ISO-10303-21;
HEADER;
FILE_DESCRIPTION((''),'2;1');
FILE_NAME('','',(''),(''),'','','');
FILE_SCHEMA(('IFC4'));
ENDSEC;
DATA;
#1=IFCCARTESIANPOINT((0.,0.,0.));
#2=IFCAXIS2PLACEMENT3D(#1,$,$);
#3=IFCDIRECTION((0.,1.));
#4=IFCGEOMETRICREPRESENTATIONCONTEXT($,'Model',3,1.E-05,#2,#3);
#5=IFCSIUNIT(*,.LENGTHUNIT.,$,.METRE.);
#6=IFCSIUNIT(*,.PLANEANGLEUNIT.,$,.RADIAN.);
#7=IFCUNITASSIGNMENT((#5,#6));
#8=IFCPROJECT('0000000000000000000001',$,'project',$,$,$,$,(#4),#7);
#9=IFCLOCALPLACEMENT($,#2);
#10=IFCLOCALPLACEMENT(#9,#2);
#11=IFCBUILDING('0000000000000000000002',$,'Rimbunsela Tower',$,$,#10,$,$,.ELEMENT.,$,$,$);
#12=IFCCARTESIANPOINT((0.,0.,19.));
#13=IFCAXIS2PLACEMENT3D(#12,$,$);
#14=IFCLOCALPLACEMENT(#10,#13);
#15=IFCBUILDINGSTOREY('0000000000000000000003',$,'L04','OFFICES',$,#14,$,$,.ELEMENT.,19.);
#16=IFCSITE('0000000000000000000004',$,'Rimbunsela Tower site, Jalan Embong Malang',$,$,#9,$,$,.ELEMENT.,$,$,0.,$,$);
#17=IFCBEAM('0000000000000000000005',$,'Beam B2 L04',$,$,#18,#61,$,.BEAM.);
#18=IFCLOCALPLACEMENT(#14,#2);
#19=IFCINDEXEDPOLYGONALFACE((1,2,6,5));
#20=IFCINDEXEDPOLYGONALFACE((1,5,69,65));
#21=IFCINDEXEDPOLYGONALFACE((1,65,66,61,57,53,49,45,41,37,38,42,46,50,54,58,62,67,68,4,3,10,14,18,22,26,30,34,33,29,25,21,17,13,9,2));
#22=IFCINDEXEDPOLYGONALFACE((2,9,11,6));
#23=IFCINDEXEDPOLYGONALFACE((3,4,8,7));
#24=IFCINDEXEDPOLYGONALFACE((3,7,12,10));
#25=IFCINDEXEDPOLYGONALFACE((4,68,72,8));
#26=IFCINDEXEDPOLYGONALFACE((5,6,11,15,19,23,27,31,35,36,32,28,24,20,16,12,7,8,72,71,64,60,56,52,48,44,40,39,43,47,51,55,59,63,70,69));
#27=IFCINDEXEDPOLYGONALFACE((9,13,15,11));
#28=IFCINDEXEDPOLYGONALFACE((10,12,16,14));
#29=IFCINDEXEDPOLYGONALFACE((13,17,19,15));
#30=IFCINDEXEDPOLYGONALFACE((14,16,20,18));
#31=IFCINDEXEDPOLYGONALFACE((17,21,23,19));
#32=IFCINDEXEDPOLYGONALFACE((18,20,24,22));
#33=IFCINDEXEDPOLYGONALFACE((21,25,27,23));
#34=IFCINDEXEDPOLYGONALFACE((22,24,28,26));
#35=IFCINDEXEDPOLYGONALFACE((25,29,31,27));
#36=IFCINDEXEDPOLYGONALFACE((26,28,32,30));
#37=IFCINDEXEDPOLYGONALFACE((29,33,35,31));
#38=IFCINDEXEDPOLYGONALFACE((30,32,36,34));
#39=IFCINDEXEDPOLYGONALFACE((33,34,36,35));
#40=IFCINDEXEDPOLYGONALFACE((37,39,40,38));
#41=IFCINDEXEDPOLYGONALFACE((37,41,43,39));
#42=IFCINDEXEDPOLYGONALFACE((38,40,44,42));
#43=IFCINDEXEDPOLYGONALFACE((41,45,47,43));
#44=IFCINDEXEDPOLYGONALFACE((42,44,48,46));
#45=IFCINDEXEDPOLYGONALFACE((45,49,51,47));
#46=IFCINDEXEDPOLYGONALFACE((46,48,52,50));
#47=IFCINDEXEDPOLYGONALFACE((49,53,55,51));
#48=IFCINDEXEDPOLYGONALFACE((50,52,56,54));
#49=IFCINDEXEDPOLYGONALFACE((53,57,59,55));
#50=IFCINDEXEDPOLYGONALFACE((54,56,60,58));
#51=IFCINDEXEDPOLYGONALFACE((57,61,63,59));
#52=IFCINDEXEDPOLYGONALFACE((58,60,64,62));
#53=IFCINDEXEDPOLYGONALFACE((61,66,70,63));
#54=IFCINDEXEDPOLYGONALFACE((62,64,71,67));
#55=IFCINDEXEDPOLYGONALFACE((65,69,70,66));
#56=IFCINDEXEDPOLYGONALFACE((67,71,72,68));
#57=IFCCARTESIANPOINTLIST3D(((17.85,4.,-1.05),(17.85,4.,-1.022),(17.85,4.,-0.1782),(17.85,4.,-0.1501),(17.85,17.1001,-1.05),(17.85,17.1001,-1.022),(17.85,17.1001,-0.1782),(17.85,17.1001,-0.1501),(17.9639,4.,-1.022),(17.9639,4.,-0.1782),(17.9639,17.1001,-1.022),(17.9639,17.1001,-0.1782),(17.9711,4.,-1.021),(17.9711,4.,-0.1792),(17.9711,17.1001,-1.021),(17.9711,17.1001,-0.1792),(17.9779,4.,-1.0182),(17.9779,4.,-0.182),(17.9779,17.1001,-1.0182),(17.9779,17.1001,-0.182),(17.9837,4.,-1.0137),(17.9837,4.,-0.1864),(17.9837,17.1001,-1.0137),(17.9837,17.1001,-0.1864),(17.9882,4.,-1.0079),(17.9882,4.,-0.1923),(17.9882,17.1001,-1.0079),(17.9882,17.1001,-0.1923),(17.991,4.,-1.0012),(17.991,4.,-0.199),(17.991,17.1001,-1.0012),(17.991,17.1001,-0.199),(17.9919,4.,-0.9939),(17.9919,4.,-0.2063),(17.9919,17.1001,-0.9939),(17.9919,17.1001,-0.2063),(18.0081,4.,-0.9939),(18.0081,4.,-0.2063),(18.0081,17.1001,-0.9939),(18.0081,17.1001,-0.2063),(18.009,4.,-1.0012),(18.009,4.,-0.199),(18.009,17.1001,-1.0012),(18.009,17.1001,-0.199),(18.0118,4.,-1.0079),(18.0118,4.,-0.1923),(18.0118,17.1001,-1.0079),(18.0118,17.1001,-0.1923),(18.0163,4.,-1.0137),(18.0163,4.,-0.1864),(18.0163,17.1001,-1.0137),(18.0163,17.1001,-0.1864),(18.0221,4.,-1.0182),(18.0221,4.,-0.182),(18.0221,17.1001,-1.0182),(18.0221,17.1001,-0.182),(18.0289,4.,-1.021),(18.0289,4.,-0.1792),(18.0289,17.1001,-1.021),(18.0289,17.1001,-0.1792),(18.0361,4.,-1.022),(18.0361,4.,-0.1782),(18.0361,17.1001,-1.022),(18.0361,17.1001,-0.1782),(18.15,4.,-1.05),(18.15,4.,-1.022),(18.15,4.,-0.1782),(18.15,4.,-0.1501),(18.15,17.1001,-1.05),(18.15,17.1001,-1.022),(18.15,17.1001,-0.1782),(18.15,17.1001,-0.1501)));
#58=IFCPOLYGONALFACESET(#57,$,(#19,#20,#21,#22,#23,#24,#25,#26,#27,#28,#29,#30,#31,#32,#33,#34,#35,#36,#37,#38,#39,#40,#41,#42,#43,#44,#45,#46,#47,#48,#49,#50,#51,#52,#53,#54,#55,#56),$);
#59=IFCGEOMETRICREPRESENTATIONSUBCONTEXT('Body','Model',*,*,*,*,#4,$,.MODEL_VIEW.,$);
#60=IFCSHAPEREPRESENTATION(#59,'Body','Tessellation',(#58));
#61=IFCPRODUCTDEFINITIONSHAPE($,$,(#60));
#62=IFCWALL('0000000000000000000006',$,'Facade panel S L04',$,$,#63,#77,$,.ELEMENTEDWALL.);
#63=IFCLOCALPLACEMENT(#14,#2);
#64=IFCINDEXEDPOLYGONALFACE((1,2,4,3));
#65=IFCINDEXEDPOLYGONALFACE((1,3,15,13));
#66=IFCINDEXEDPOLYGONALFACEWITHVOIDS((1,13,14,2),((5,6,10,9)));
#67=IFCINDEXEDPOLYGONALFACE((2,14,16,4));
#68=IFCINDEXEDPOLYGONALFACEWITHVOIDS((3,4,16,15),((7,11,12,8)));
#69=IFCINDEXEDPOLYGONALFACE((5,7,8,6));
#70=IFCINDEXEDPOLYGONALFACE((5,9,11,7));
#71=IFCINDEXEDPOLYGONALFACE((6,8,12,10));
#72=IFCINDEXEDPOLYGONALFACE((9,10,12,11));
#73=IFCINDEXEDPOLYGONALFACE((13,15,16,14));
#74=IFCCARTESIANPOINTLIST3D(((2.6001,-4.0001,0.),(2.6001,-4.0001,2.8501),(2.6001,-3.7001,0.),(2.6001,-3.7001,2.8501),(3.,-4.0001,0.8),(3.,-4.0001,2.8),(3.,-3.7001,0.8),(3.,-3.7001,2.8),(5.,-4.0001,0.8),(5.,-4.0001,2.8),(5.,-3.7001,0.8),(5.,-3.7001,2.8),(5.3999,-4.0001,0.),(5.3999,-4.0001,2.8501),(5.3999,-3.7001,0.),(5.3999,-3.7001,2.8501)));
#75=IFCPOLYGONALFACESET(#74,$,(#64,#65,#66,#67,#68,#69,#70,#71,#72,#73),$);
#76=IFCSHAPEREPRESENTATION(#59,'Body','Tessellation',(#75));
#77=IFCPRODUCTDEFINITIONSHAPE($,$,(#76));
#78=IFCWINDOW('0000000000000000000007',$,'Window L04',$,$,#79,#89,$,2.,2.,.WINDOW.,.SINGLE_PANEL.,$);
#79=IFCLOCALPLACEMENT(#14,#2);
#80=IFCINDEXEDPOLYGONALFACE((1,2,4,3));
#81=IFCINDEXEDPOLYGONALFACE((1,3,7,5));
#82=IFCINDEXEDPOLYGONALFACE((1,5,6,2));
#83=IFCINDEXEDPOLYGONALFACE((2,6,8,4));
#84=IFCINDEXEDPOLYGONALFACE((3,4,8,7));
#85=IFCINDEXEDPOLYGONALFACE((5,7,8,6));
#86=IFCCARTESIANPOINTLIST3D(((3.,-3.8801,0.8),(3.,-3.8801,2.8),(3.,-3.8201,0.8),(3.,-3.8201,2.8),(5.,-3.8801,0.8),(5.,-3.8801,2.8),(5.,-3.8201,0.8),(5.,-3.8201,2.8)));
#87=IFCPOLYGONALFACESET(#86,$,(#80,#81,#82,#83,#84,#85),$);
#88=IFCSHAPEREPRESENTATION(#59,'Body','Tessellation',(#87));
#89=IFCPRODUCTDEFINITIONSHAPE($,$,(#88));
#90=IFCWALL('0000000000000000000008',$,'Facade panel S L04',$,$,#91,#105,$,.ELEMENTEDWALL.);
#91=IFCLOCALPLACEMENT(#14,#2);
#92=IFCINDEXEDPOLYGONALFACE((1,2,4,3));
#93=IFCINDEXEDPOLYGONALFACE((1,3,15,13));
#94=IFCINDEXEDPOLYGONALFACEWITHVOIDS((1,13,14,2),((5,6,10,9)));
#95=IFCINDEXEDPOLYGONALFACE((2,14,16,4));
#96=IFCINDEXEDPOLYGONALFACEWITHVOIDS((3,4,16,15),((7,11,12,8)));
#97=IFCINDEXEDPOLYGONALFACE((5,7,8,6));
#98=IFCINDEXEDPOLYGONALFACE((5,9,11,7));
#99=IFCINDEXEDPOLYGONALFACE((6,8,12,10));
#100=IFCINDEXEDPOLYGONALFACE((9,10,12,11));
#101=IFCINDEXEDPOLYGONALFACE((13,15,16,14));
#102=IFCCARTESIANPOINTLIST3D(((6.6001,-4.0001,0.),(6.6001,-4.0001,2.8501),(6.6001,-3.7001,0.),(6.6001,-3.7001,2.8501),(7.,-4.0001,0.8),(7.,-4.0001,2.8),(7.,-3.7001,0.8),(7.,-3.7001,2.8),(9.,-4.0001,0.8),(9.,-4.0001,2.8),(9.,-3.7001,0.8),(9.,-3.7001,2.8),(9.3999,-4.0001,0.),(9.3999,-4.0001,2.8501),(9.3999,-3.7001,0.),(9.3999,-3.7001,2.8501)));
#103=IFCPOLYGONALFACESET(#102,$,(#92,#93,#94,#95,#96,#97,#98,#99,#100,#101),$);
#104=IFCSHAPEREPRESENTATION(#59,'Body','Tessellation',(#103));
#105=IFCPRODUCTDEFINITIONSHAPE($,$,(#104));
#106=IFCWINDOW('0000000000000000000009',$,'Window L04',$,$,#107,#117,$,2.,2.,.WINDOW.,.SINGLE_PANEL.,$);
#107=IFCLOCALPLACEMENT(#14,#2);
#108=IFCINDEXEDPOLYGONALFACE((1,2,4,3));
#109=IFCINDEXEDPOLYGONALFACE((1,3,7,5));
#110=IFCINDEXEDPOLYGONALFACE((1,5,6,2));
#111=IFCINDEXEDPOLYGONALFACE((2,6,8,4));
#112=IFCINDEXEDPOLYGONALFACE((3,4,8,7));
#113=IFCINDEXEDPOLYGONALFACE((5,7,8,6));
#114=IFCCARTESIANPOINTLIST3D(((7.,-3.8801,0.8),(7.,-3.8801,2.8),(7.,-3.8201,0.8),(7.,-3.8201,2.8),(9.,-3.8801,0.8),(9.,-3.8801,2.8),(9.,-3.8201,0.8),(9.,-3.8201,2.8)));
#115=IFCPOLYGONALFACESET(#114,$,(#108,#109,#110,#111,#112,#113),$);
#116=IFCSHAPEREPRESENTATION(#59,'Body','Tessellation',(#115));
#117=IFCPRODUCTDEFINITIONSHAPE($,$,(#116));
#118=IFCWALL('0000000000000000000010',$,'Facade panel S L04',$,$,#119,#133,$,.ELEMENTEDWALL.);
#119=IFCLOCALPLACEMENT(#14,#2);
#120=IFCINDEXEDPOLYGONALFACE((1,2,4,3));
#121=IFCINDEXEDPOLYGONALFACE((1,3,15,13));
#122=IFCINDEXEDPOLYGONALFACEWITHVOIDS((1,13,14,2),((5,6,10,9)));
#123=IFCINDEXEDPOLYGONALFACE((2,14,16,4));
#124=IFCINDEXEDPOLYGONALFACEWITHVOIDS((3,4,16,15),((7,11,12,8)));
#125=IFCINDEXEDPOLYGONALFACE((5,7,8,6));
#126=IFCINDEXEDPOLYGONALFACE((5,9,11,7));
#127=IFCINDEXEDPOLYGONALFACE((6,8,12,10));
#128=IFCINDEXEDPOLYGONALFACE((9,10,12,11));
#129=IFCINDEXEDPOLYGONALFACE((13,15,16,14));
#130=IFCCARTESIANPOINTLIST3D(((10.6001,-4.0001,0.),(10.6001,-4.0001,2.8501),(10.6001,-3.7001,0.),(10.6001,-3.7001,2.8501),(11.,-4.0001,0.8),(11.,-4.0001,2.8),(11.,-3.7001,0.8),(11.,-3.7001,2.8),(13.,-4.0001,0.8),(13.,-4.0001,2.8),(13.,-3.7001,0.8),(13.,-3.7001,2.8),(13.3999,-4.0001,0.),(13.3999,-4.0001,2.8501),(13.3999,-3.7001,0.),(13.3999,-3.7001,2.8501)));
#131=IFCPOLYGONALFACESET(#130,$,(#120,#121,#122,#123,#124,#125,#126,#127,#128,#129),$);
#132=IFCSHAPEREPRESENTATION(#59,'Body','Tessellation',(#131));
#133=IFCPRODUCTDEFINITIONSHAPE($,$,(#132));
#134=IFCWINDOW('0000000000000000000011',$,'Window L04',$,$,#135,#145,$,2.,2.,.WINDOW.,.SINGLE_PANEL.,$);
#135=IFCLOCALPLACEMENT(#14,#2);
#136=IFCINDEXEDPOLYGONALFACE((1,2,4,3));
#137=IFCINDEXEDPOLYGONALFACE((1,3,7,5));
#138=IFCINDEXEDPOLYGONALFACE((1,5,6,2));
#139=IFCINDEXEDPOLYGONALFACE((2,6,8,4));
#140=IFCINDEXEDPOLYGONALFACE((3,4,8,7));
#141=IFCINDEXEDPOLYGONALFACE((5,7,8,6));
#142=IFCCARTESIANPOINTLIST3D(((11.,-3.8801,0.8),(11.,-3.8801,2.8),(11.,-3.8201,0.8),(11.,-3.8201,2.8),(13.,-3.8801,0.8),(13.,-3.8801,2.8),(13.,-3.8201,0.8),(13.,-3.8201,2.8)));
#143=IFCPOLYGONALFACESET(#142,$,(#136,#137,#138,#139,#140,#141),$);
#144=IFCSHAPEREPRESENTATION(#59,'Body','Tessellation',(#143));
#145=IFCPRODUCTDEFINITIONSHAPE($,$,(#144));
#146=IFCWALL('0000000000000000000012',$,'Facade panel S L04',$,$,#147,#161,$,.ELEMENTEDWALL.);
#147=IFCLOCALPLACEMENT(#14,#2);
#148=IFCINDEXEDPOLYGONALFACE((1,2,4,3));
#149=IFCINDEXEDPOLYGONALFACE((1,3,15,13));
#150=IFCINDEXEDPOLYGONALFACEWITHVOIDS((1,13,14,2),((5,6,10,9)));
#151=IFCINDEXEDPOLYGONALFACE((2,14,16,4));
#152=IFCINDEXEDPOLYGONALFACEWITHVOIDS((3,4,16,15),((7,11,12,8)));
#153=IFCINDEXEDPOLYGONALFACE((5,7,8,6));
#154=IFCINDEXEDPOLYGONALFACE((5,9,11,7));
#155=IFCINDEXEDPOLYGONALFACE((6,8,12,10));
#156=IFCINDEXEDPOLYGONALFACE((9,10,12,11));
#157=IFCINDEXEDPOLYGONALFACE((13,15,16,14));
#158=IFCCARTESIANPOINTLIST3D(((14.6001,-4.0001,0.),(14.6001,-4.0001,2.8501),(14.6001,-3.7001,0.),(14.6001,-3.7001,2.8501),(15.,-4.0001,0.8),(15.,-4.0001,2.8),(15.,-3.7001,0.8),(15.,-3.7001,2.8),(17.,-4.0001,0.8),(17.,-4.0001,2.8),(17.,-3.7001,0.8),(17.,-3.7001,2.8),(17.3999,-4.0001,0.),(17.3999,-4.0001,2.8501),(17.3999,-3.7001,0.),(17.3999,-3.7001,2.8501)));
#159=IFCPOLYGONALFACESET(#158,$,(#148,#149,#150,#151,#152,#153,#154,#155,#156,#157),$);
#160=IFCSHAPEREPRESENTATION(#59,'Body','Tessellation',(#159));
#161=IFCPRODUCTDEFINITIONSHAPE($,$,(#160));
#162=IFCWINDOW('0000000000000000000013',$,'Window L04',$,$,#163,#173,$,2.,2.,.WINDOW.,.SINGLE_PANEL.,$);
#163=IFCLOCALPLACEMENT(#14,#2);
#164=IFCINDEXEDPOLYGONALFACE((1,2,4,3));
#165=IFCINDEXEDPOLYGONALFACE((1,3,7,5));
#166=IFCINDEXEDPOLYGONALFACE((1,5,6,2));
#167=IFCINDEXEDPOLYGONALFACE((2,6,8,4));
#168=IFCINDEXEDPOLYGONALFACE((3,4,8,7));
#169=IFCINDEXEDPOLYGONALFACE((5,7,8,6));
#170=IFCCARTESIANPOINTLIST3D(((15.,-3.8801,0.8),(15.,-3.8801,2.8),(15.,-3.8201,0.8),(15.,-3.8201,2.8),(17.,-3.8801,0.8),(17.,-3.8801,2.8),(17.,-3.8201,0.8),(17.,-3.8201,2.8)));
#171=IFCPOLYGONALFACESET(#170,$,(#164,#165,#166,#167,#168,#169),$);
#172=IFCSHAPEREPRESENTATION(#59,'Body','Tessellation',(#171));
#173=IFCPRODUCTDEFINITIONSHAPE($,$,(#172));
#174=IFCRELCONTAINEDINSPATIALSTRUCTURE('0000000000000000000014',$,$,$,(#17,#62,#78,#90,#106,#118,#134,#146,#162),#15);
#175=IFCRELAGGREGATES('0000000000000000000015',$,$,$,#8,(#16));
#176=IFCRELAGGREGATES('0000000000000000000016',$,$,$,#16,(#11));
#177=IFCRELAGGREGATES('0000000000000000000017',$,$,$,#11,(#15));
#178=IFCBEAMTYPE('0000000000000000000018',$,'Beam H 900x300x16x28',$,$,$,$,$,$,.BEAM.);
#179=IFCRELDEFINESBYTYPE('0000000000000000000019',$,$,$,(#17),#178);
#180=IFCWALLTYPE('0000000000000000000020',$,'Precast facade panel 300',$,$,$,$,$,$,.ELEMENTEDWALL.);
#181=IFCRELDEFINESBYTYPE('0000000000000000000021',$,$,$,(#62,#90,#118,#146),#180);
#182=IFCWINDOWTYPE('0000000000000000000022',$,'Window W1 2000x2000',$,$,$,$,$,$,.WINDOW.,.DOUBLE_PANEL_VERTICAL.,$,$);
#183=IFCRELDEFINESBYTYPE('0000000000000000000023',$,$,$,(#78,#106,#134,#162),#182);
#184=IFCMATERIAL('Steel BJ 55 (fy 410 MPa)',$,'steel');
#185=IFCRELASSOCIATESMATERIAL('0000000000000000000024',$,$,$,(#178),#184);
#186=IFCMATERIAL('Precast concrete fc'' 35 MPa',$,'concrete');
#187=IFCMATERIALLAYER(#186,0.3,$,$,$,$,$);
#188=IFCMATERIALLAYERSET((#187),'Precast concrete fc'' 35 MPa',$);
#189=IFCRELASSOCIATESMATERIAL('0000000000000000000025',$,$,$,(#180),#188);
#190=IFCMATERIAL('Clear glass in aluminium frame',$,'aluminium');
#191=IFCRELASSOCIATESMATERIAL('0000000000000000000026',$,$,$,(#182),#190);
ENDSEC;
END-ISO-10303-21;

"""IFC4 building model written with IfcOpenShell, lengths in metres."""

from ifc_helpers import new_model, si_unit, direction, frame, frame_2d, origin, origin_2d, place, context, subcontext, project, spatial, rectangle, i_section, extrude, material, layer, layer_set, material_profile, profile_set, type_object, element, fill, save


model = new_model("IFC4")

# Units and contexts
model_context = context("Model", 3, precision=1e-05, world=origin(), true_north=direction((0.0, 1.0)))
body_context = subcontext(model_context, "Body", "Model", "MODEL_VIEW")
ifc_project = project(units=[si_unit("LENGTHUNIT", "METRE"), si_unit("PLANEANGLEUNIT", "RADIAN")], contexts=[model_context])

# Site, building, storey
site_placement = place(None, origin())
site = spatial("IfcSite", under=ifc_project, at=site_placement, Name="Rimbunsela Tower site, Jalan Embong Malang", CompositionType="ELEMENT", RefElevation=0.0)
building_placement = place(site_placement, origin())
building = spatial("IfcBuilding", under=site, at=building_placement, Name="Rimbunsela Tower", CompositionType="ELEMENT")
storey_placement = place(building_placement, frame((0.0, 0.0, 19.0)))
storey = spatial("IfcBuildingStorey", under=building, at=storey_placement, Name="L04", Description="OFFICES", CompositionType="ELEMENT", Elevation=19.0)

# Beam
ifc_material_1 = material(Name="Steel BJ 55 (fy 410 MPa)", Category="steel")
ifc_material_profile_1 = material_profile(ifc_material_1, i_section(OverallWidth=0.3, OverallDepth=0.8999, WebThickness=0.0161, FlangeThickness=0.0281, FilletRadius=0.0281, at=origin_2d()), Name="H 900x300x16x28")
ifc_profile_set_1 = profile_set([ifc_material_profile_1], Name="Steel BJ 55 (fy 410 MPa)")
beam_type_1 = type_object("IfcBeamType", Name="Beam H 900x300x16x28", PredefinedType="BEAM", material=ifc_profile_set_1)
beam_1_placement = place(storey_placement, frame((18.0, 4.0, -0.6001), z_axis=(0.0, 1.0, 0.0), x_axis=(-1.0, 0.0, 0.0)))
element("IfcBeam", 1, at=beam_1_placement, inside=storey, type_object=beam_type_1, Name="Beam B2 L04", PredefinedType="BEAM", context=body_context, shape_type="SweptSolid", body=[
    extrude(i_section(OverallWidth=0.3, OverallDepth=0.8999, WebThickness=0.0161, FlangeThickness=0.0281, FilletRadius=0.0281, at=origin_2d()), origin(), (0.0, 0.0, 1.0), 13.1001),
])

# Walls, openings, windows
ifc_material_2 = material(Name="Precast concrete fc' 35 MPa", Category="concrete")
ifc_layer_1 = layer(ifc_material_2, 0.3)
ifc_layer_set_1 = layer_set([ifc_layer_1], Name="Precast concrete fc' 35 MPa")
wall_type = type_object("IfcWallType", Name="Precast facade panel 300", PredefinedType="ELEMENTEDWALL", material=ifc_layer_set_1)
wall_1_placement = place(storey_placement, frame((2.6001, -3.8501, 0.0), z_axis=(0.0, 0.0, 1.0), x_axis=(1.0, 0.0, 0.0)))
wall_1 = element("IfcWall", 2, at=wall_1_placement, inside=storey, type_object=wall_type, Name="Facade panel S L04", PredefinedType="ELEMENTEDWALL", context=body_context, shape_type="SweptSolid", body=[
    extrude(rectangle(XDim=2.7998, YDim=0.3, at=frame_2d((1.3999, 0.0))), origin(), (0.0, 0.0, 1.0), 2.8501),
])
opening_1_placement = place(wall_1_placement, frame((0.3999, 0.0, 0.8)))
opening_1 = element("IfcOpeningElement", 3, at=opening_1_placement, cuts=wall_1, PredefinedType="OPENING", context=body_context, shape_type="SweptSolid", body=[
    extrude(rectangle(XDim=2.0, YDim=2.0, at=frame_2d((1.0, 1.0))), frame((0.0, 0.1599, 0.0), z_axis=(0.0, -1.0, 0.0), x_axis=(1.0, 0.0, 0.0)), (0.0, 0.0, 1.0), 0.3201),
])
ifc_material_3 = material(Name="Clear glass in aluminium frame", Category="aluminium")
window_type = type_object("IfcWindowType", Name="Window W1 2000x2000", PartitioningType="DOUBLE_PANEL_VERTICAL", PredefinedType="WINDOW", material=ifc_material_3)
window_1_placement = place(opening_1_placement, origin())
window_1 = element("IfcWindow", 4, at=window_1_placement, inside=storey, type_object=window_type, Name="Window L04", OverallHeight=2.0, OverallWidth=2.0, PartitioningType="SINGLE_PANEL", PredefinedType="WINDOW", context=body_context, shape_type="SweptSolid", body=[
    extrude(rectangle(XDim=2.0, YDim=2.0, at=frame_2d((1.0, 1.0))), frame((0.0, 0.03, 0.0), z_axis=(0.0, -1.0, 0.0), x_axis=(1.0, 0.0, 0.0)), (0.0, 0.0, 1.0), 0.0601),
])
fill(opening_1, window_1)
wall_2_placement = place(storey_placement, frame((6.6001, -3.8501, 0.0), z_axis=(0.0, 0.0, 1.0), x_axis=(1.0, 0.0, 0.0)))
wall_2 = element("IfcWall", 5, at=wall_2_placement, inside=storey, type_object=wall_type, Name="Facade panel S L04", PredefinedType="ELEMENTEDWALL", context=body_context, shape_type="SweptSolid", body=[
    extrude(rectangle(XDim=2.7998, YDim=0.3, at=frame_2d((1.3999, 0.0))), origin(), (0.0, 0.0, 1.0), 2.8501),
])
opening_2_placement = place(wall_2_placement, frame((0.3999, 0.0, 0.8)))
opening_2 = element("IfcOpeningElement", 6, at=opening_2_placement, cuts=wall_2, PredefinedType="OPENING", context=body_context, shape_type="SweptSolid", body=[
    extrude(rectangle(XDim=2.0, YDim=2.0, at=frame_2d((1.0, 1.0))), frame((0.0, 0.1599, 0.0), z_axis=(0.0, -1.0, 0.0), x_axis=(1.0, 0.0, 0.0)), (0.0, 0.0, 1.0), 0.3201),
])
window_2_placement = place(opening_2_placement, origin())
window_2 = element("IfcWindow", 7, at=window_2_placement, inside=storey, type_object=window_type, Name="Window L04", OverallHeight=2.0, OverallWidth=2.0, PartitioningType="SINGLE_PANEL", PredefinedType="WINDOW", context=body_context, shape_type="SweptSolid", body=[
    extrude(rectangle(XDim=2.0, YDim=2.0, at=frame_2d((1.0, 1.0))), frame((0.0, 0.03, 0.0), z_axis=(0.0, -1.0, 0.0), x_axis=(1.0, 0.0, 0.0)), (0.0, 0.0, 1.0), 0.0601),
])
fill(opening_2, window_2)
wall_3_placement = place(storey_placement, frame((10.6001, -3.8501, 0.0), z_axis=(0.0, 0.0, 1.0), x_axis=(1.0, 0.0, 0.0)))
wall_3 = element("IfcWall", 8, at=wall_3_placement, inside=storey, type_object=wall_type, Name="Facade panel S L04", PredefinedType="ELEMENTEDWALL", context=body_context, shape_type="SweptSolid", body=[
    extrude(rectangle(XDim=2.7998, YDim=0.3, at=frame_2d((1.3999, 0.0))), origin(), (0.0, 0.0, 1.0), 2.8501),
])
opening_3_placement = place(wall_3_placement, frame((0.3999, 0.0, 0.8)))
opening_3 = element("IfcOpeningElement", 9, at=opening_3_placement, cuts=wall_3, PredefinedType="OPENING", context=body_context, shape_type="SweptSolid", body=[
    extrude(rectangle(XDim=2.0, YDim=2.0, at=frame_2d((1.0, 1.0))), frame((0.0, 0.1599, 0.0), z_axis=(0.0, -1.0, 0.0), x_axis=(1.0, 0.0, 0.0)), (0.0, 0.0, 1.0), 0.3201),
])
window_3_placement = place(opening_3_placement, origin())
window_3 = element("IfcWindow", 10, at=window_3_placement, inside=storey, type_object=window_type, Name="Window L04", OverallHeight=2.0, OverallWidth=2.0, PartitioningType="SINGLE_PANEL", PredefinedType="WINDOW", context=body_context, shape_type="SweptSolid", body=[
    extrude(rectangle(XDim=2.0, YDim=2.0, at=frame_2d((1.0, 1.0))), frame((0.0, 0.03, 0.0), z_axis=(0.0, -1.0, 0.0), x_axis=(1.0, 0.0, 0.0)), (0.0, 0.0, 1.0), 0.0601),
])
fill(opening_3, window_3)
wall_4_placement = place(storey_placement, frame((14.6001, -3.8501, 0.0), z_axis=(0.0, 0.0, 1.0), x_axis=(1.0, 0.0, 0.0)))
wall_4 = element("IfcWall", 11, at=wall_4_placement, inside=storey, type_object=wall_type, Name="Facade panel S L04", PredefinedType="ELEMENTEDWALL", context=body_context, shape_type="SweptSolid", body=[
    extrude(rectangle(XDim=2.7998, YDim=0.3, at=frame_2d((1.3999, 0.0))), origin(), (0.0, 0.0, 1.0), 2.8501),
])
opening_4_placement = place(wall_4_placement, frame((0.3999, 0.0, 0.8)))
opening_4 = element("IfcOpeningElement", 12, at=opening_4_placement, cuts=wall_4, PredefinedType="OPENING", context=body_context, shape_type="SweptSolid", body=[
    extrude(rectangle(XDim=2.0, YDim=2.0, at=frame_2d((1.0, 1.0))), frame((0.0, 0.1599, 0.0), z_axis=(0.0, -1.0, 0.0), x_axis=(1.0, 0.0, 0.0)), (0.0, 0.0, 1.0), 0.3201),
])
window_4_placement = place(opening_4_placement, origin())
window_4 = element("IfcWindow", 13, at=window_4_placement, inside=storey, type_object=window_type, Name="Window L04", OverallHeight=2.0, OverallWidth=2.0, PartitioningType="SINGLE_PANEL", PredefinedType="WINDOW", context=body_context, shape_type="SweptSolid", body=[
    extrude(rectangle(XDim=2.0, YDim=2.0, at=frame_2d((1.0, 1.0))), frame((0.0, 0.03, 0.0), z_axis=(0.0, -1.0, 0.0), x_axis=(1.0, 0.0, 0.0)), (0.0, 0.0, 1.0), 0.0601),
])
fill(opening_4, window_4)

save(model, "model.ifc")
